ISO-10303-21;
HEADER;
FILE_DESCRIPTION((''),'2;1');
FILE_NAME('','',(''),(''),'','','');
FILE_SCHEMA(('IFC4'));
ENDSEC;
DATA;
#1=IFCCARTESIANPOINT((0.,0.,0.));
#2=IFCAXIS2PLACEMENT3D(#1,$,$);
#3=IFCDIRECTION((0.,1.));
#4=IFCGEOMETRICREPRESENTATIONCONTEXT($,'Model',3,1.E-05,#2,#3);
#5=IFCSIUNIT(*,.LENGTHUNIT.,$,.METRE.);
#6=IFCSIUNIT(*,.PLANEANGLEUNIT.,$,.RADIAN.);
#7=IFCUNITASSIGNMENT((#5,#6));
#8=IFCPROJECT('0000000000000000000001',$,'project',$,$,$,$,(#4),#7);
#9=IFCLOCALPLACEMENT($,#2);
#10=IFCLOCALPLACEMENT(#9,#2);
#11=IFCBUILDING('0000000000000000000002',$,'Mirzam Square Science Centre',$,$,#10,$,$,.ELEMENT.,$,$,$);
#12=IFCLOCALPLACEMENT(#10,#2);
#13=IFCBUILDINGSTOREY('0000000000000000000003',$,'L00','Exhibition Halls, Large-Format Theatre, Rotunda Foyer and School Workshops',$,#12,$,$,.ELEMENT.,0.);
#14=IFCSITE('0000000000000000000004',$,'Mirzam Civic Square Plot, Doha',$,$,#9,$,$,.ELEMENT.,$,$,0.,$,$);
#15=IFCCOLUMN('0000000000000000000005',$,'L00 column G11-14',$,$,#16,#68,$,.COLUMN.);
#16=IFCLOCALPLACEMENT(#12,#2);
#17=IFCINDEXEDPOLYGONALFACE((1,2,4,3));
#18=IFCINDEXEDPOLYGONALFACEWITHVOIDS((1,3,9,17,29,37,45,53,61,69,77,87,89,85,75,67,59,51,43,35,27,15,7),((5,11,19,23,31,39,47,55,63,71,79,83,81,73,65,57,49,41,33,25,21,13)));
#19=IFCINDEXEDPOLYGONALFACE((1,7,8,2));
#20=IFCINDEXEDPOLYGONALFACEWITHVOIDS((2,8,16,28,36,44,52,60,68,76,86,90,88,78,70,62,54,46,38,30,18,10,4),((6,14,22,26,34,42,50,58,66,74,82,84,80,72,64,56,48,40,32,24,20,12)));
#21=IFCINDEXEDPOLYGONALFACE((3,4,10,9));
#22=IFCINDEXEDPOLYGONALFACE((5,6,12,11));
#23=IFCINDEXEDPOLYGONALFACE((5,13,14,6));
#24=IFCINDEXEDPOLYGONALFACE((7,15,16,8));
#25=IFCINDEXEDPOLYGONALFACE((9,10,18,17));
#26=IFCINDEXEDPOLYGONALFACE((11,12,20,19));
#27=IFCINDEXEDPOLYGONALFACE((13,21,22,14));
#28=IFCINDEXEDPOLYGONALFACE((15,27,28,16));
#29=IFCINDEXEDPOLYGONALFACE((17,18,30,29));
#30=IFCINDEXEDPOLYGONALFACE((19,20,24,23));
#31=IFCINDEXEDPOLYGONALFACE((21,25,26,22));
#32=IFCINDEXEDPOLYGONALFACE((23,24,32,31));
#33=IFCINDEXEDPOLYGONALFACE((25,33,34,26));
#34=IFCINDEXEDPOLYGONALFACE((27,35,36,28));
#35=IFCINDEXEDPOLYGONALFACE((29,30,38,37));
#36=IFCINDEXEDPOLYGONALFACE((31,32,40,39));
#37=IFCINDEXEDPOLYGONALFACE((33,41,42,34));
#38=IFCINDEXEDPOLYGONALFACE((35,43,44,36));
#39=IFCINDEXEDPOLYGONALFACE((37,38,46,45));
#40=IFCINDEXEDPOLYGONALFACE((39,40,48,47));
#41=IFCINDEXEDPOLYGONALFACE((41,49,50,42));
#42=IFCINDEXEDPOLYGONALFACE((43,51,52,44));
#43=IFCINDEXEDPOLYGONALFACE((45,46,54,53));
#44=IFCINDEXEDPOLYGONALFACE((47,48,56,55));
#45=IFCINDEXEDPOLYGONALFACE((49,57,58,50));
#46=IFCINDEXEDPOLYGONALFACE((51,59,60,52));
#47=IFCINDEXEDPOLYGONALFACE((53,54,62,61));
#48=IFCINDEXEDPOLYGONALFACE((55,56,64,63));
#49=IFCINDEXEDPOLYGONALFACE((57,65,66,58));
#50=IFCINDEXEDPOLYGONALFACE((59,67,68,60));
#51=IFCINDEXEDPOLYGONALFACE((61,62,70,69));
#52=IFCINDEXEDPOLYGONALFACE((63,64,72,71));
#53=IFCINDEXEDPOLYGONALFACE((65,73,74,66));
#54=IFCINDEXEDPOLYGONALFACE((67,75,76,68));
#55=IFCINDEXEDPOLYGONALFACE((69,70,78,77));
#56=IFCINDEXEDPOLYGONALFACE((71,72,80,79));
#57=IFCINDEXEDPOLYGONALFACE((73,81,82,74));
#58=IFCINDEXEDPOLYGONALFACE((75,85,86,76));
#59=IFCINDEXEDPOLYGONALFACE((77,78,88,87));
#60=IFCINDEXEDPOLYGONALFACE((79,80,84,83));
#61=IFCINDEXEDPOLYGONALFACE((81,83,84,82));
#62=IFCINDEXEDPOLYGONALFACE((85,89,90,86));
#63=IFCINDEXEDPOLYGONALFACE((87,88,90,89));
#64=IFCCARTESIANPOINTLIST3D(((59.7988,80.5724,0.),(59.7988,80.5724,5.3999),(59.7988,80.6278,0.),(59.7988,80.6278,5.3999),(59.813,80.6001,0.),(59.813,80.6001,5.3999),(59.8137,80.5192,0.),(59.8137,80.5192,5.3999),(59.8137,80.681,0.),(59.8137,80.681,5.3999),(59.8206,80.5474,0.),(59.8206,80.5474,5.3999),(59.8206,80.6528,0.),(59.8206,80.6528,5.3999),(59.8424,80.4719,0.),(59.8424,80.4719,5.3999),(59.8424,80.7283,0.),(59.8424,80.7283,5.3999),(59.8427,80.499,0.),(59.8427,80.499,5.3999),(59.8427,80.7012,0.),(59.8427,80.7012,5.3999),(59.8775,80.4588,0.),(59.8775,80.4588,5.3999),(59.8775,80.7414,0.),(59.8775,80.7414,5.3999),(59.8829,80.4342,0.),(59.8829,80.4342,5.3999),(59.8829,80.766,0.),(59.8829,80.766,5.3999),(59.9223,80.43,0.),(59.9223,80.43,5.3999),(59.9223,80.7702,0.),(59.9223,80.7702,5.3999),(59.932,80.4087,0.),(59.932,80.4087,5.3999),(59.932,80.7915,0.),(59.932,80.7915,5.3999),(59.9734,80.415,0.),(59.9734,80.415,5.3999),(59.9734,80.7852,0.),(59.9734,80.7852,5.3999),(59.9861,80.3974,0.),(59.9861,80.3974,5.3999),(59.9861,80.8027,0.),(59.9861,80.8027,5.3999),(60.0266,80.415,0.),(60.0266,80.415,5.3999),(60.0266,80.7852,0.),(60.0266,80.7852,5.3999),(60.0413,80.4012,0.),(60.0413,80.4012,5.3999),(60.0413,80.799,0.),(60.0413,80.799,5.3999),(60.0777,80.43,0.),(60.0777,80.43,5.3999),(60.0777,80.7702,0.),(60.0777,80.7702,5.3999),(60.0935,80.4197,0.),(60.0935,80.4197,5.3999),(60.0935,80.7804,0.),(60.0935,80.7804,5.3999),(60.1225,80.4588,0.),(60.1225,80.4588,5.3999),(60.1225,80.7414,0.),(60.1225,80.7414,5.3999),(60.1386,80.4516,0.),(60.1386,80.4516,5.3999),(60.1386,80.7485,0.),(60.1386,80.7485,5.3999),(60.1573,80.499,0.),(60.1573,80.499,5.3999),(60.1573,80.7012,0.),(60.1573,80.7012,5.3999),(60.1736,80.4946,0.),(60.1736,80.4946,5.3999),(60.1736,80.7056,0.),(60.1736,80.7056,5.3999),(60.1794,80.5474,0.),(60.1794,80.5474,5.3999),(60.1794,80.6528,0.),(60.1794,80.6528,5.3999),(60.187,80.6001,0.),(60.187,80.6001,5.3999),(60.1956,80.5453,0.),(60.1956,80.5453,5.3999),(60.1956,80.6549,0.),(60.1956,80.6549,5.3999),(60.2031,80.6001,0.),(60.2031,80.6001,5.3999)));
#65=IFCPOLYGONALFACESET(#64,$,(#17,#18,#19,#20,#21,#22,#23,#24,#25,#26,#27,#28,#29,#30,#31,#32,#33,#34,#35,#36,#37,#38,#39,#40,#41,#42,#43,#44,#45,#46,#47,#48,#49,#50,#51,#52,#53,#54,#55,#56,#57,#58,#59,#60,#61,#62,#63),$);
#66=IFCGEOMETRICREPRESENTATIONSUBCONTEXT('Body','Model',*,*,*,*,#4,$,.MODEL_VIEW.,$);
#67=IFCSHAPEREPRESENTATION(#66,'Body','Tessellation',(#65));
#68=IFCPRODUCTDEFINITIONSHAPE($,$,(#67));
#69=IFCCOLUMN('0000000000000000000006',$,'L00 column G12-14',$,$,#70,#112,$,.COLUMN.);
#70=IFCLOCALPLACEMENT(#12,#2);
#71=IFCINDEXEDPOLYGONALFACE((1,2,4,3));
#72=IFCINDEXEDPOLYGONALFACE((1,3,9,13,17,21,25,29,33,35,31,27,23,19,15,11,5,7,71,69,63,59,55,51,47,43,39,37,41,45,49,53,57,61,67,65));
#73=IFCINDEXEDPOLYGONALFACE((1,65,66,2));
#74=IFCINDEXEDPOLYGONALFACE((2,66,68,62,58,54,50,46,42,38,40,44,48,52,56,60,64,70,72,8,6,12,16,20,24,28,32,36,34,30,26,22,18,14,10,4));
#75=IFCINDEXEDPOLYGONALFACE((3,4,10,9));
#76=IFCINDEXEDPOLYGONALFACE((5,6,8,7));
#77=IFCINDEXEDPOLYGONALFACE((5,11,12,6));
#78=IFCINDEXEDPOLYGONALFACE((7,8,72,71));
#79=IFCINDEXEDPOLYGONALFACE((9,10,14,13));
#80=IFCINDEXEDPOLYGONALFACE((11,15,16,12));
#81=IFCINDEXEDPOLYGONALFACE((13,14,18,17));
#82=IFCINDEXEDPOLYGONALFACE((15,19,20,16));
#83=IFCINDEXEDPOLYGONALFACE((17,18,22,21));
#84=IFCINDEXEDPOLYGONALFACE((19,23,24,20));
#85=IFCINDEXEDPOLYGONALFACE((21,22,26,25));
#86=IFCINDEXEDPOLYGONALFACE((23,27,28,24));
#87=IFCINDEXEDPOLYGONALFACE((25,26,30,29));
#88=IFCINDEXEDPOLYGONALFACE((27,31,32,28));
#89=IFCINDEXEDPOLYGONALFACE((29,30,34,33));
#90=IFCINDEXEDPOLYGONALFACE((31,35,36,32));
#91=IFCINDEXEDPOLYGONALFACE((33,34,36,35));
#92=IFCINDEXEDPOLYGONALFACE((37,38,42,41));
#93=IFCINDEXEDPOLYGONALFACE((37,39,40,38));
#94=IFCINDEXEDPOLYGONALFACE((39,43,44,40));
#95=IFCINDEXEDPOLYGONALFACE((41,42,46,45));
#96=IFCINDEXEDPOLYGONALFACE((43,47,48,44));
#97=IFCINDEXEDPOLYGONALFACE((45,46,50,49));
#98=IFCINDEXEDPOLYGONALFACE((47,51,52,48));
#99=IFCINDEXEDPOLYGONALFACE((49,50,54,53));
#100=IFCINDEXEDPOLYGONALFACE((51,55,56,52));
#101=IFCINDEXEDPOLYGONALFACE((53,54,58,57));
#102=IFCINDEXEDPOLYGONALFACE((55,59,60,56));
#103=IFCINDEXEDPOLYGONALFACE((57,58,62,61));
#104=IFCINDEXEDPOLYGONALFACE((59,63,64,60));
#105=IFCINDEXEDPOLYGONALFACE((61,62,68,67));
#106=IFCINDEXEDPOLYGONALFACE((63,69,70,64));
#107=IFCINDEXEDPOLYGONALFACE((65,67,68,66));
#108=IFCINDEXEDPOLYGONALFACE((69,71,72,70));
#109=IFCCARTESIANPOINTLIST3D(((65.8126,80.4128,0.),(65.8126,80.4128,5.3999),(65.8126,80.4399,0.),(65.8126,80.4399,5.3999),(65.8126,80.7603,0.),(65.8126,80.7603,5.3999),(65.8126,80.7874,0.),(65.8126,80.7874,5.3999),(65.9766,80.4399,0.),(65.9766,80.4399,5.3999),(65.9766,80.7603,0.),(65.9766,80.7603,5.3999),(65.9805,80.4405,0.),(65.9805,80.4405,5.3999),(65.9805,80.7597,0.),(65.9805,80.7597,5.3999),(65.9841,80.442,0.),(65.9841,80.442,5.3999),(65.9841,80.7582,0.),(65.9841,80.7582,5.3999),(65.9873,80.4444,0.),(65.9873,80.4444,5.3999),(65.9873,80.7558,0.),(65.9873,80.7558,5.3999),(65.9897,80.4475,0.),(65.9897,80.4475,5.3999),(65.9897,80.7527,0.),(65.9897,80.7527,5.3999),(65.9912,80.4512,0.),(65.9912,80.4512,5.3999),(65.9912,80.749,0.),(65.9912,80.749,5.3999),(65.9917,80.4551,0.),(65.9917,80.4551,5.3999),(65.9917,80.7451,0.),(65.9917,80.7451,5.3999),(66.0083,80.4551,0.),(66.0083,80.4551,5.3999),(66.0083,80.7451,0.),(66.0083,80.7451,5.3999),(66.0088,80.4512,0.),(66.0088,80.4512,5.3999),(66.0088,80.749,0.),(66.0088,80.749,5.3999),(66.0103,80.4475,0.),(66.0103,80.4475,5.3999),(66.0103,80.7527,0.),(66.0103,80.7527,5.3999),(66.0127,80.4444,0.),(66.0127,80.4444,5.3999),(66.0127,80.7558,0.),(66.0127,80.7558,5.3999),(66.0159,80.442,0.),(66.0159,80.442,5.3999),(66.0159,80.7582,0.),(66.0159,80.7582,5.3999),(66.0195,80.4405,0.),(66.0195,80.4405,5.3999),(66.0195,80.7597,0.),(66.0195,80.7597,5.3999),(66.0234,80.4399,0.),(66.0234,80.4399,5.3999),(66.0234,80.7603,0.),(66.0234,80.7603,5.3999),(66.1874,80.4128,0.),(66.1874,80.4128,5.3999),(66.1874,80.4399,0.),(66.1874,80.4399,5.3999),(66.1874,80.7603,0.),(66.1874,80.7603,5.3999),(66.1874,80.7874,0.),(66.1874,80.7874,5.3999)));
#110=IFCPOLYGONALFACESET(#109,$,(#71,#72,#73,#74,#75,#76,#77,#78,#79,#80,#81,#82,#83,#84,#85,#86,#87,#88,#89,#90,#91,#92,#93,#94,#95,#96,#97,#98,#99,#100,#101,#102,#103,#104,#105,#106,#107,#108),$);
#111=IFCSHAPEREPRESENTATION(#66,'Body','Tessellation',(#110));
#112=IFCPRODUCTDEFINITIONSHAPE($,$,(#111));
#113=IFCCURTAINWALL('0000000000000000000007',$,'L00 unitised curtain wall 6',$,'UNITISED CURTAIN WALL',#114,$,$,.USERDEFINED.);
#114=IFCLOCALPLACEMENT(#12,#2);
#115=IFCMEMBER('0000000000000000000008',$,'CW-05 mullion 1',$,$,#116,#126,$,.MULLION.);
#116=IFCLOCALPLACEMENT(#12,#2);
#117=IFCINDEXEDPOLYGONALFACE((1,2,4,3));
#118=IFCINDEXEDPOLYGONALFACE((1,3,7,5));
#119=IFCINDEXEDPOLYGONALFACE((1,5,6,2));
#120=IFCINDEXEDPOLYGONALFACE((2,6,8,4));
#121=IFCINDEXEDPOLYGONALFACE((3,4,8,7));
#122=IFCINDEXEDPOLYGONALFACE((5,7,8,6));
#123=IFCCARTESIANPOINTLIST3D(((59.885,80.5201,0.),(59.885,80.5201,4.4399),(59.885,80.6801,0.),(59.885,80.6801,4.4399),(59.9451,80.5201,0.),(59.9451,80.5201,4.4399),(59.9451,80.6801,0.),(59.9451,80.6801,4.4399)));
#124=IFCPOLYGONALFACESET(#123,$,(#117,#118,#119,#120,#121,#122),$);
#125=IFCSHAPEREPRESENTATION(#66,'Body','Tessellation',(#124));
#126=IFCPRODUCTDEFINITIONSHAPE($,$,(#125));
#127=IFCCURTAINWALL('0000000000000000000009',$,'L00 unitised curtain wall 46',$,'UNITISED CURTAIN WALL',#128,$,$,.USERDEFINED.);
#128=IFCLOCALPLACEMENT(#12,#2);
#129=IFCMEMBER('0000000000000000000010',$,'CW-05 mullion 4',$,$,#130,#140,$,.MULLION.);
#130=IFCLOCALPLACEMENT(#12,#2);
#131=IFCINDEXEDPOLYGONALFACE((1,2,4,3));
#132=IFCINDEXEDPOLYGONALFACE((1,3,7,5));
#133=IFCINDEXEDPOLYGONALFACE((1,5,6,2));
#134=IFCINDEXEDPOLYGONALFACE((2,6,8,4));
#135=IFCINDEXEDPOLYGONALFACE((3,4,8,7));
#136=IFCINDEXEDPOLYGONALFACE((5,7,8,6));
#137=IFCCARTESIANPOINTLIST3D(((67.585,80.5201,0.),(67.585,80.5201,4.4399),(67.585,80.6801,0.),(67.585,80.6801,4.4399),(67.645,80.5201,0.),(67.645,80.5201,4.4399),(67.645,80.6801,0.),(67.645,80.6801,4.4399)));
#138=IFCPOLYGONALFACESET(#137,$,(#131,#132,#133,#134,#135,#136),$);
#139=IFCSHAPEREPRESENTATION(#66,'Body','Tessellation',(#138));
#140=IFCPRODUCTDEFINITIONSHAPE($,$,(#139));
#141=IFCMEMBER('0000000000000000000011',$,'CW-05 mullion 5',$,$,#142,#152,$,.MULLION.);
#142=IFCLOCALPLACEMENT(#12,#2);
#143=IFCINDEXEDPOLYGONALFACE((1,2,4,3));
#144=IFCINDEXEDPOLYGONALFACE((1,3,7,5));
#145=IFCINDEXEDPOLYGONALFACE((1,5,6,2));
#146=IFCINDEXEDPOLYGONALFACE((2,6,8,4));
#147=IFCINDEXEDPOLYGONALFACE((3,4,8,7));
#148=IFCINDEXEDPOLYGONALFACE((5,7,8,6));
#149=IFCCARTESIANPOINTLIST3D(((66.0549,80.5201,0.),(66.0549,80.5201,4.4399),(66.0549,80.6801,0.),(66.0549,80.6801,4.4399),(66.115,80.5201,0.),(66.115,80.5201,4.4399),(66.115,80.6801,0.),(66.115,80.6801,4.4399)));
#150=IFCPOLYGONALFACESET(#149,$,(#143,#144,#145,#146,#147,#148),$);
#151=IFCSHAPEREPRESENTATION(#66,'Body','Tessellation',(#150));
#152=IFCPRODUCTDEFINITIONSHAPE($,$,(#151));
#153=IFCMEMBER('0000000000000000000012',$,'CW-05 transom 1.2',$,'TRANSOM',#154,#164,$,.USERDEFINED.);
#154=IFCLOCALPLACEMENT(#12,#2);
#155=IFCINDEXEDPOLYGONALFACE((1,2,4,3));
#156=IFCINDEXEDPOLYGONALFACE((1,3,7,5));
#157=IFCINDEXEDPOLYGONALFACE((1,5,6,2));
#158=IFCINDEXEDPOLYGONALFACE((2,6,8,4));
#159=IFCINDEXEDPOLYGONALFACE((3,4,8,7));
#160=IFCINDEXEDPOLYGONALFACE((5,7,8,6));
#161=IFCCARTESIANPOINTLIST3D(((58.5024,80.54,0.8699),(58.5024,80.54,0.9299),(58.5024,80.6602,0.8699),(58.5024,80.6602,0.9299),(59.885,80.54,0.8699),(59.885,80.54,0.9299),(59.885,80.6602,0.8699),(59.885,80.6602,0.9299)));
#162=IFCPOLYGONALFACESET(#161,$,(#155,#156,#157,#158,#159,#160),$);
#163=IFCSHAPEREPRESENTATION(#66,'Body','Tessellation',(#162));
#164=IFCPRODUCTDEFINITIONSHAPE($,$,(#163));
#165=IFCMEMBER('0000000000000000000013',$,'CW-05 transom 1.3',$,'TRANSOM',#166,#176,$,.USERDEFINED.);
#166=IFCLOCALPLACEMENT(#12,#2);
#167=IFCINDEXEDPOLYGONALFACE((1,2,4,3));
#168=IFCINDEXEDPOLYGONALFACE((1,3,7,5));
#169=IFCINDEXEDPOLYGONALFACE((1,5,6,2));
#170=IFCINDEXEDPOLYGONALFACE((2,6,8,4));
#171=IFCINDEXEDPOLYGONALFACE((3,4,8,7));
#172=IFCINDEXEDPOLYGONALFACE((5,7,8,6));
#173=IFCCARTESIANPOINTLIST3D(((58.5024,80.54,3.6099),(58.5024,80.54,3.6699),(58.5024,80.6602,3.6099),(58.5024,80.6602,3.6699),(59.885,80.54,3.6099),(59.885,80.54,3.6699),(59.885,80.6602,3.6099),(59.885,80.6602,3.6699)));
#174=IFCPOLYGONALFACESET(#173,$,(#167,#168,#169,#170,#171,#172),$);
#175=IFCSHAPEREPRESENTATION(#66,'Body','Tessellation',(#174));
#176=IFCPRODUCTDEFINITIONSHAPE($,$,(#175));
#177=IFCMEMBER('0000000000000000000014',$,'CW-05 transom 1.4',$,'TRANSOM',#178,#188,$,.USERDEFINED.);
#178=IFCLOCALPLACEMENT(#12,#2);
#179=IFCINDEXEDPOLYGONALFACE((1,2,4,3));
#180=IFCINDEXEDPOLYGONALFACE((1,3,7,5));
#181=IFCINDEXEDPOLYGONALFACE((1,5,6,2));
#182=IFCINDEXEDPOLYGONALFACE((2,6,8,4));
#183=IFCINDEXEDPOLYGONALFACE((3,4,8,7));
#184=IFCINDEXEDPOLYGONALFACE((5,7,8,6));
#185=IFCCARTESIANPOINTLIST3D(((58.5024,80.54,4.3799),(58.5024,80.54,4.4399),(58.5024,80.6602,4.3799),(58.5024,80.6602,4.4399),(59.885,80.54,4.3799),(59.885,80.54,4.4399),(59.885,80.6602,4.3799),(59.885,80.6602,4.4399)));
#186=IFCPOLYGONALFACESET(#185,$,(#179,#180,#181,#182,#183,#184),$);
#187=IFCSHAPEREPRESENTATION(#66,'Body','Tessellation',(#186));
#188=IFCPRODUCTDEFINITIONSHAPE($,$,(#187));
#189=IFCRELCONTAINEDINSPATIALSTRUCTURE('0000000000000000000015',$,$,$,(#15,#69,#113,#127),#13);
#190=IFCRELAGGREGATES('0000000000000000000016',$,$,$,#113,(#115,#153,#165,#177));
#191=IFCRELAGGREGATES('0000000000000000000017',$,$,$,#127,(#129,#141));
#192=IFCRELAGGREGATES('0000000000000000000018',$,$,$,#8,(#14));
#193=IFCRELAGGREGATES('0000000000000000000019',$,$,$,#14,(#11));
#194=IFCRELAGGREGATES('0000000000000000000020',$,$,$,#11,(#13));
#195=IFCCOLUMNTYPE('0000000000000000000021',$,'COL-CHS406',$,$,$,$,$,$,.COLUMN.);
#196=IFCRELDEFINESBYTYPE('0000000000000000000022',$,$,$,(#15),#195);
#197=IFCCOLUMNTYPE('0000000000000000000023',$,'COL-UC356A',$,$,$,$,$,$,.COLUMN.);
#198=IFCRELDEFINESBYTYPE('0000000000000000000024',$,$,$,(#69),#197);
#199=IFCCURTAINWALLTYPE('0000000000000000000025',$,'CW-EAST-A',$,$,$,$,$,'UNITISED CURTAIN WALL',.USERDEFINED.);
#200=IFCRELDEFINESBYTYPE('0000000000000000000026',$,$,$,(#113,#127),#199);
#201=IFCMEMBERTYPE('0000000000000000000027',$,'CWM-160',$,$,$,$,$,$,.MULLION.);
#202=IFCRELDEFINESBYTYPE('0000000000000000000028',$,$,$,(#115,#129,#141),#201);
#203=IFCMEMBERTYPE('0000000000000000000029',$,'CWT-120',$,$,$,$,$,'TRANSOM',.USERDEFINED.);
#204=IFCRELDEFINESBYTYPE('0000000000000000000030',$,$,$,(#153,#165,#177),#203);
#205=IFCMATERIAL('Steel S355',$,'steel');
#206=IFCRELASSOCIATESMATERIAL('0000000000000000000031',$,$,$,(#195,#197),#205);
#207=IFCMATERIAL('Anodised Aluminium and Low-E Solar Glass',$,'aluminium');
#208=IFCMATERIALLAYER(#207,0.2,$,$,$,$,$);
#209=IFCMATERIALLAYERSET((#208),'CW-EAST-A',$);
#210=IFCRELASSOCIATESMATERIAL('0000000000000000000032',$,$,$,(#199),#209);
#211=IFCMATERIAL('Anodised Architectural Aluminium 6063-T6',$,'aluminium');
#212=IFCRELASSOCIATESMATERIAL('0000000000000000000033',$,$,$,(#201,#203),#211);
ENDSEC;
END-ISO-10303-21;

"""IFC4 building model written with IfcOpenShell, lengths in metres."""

from ifc_helpers import new_model, si_unit, direction, frame, origin, origin_2d, place, context, subcontext, project, spatial, rectangle, hollow_circle, i_section, extrude, material, layer, layer_set, material_profile, profile_set, type_object, element, aggregate, save


model = new_model("IFC4")

# Units and contexts
model_context = context("Model", 3, precision=1e-05, world=origin(), true_north=direction((0.0, 1.0)))
body_context = subcontext(model_context, "Body", "Model", "MODEL_VIEW")
ifc_project = project(units=[si_unit("LENGTHUNIT", "METRE"), si_unit("PLANEANGLEUNIT", "RADIAN")], contexts=[model_context])

# Site, building, storey
site_placement = place(None, origin())
site = spatial("IfcSite", under=ifc_project, at=site_placement, Name="Mirzam Civic Square Plot, Doha", CompositionType="ELEMENT", RefElevation=0.0)
building_placement = place(site_placement, origin())
building = spatial("IfcBuilding", under=site, at=building_placement, Name="Mirzam Square Science Centre", CompositionType="ELEMENT")
storey_placement = place(building_placement, origin())
storey = spatial("IfcBuildingStorey", under=building, at=storey_placement, Name="L00", Description="Exhibition Halls, Large-Format Theatre, Rotunda Foyer and School Workshops", CompositionType="ELEMENT", Elevation=0.0)

# Columns
ifc_material_1 = material(Name="Steel S355", Category="steel")
ifc_material_profile_1 = material_profile(ifc_material_1, hollow_circle(Radius=0.2031, WallThickness=0.0161, at=origin_2d()), Name="406.4x16.0CHS")
ifc_profile_set_1 = profile_set([ifc_material_profile_1], Name="Steel S355")
column_type_1 = type_object("IfcColumnType", Name="COL-CHS406", PredefinedType="COLUMN", material=ifc_profile_set_1)
column_1_placement = place(storey_placement, frame((60.0, 80.6001, 0.0), z_axis=(0.0, 0.0, 1.0), x_axis=(1.0, 0.0, 0.0)))
element("IfcColumn", 1, at=column_1_placement, inside=storey, type_object=column_type_1, Name="L00 column G11-14", PredefinedType="COLUMN", context=body_context, shape_type="SweptSolid", body=[
    extrude(hollow_circle(Radius=0.2031, WallThickness=0.0161, at=origin_2d()), origin(), (0.0, 0.0, 1.0), 5.3999),
])
ifc_material_profile_2 = material_profile(ifc_material_1, i_section(OverallWidth=0.3748, OverallDepth=0.3745, WebThickness=0.0166, FlangeThickness=0.0271, FilletRadius=0.0151, at=origin_2d()), Name="356x368x202UC")
ifc_profile_set_2 = profile_set([ifc_material_profile_2], Name="Steel S355")
column_type_2 = type_object("IfcColumnType", Name="COL-UC356A", PredefinedType="COLUMN", material=ifc_profile_set_2)
column_2_placement = place(storey_placement, frame((66.0, 80.6001, 0.0), z_axis=(0.0, 0.0, 1.0), x_axis=(1.0, 0.0, 0.0)))
element("IfcColumn", 2, at=column_2_placement, inside=storey, type_object=column_type_2, Name="L00 column G12-14", PredefinedType="COLUMN", context=body_context, shape_type="SweptSolid", body=[
    extrude(i_section(OverallWidth=0.3748, OverallDepth=0.3745, WebThickness=0.0166, FlangeThickness=0.0271, FilletRadius=0.0151, at=origin_2d()), origin(), (0.0, 0.0, 1.0), 5.3999),
])

# Curtain wall, member
ifc_material_2 = material(Name="Anodised Aluminium and Low-E Solar Glass", Category="aluminium")
ifc_layer_1 = layer(ifc_material_2, 0.2)
ifc_layer_set_1 = layer_set([ifc_layer_1], Name="CW-EAST-A")
curtain_wall_type = type_object("IfcCurtainWallType", Name="CW-EAST-A", ElementType="UNITISED CURTAIN WALL", PredefinedType="USERDEFINED", material=ifc_layer_set_1)
curtain_wall_1_placement = place(storey_placement, origin())
curtain_wall_1 = element("IfcCurtainWall", 3, at=curtain_wall_1_placement, inside=storey, type_object=curtain_wall_type, Name="L00 unitised curtain wall 6", ObjectType="UNITISED CURTAIN WALL", PredefinedType="USERDEFINED")
ifc_material_3 = material(Name="Anodised Architectural Aluminium 6063-T6", Category="aluminium")
ifc_material_profile_3 = material_profile(ifc_material_3, rectangle(XDim=0.0601, YDim=0.1599, at=origin_2d()), Name="ALU-MULL-160x60x4")
ifc_profile_set_3 = profile_set([ifc_material_profile_3], Name="Anodised Architectural Aluminium 6063-T6")
member_type_1 = type_object("IfcMemberType", Name="CWM-160", PredefinedType="MULLION", material=ifc_profile_set_3)
member_1_placement = place(storey_placement, frame((59.915, 80.6001, 0.0), z_axis=(0.0, 0.0, 1.0), x_axis=(-1.0, 0.0, 0.0)))
member_1 = element("IfcMember", 4, at=member_1_placement, type_object=member_type_1, Name="CW-05 mullion 1", PredefinedType="MULLION", context=body_context, shape_type="SweptSolid", body=[
    extrude(rectangle(XDim=0.0601, YDim=0.1599, at=origin_2d()), origin(), (0.0, 0.0, 1.0), 4.4399),
])

# Curtain wall, members
curtain_wall_2_placement = place(storey_placement, origin())
curtain_wall_2 = element("IfcCurtainWall", 5, at=curtain_wall_2_placement, inside=storey, type_object=curtain_wall_type, Name="L00 unitised curtain wall 46", ObjectType="UNITISED CURTAIN WALL", PredefinedType="USERDEFINED")
member_2_placement = place(storey_placement, frame((67.615, 80.6001, 0.0), z_axis=(0.0, 0.0, 1.0), x_axis=(-1.0, 0.0, 0.0)))
member_2 = element("IfcMember", 6, at=member_2_placement, type_object=member_type_1, Name="CW-05 mullion 4", PredefinedType="MULLION", context=body_context, shape_type="SweptSolid", body=[
    extrude(rectangle(XDim=0.0601, YDim=0.1599, at=origin_2d()), origin(), (0.0, 0.0, 1.0), 4.4399),
])
member_3_placement = place(storey_placement, frame((66.085, 80.6001, 0.0), z_axis=(0.0, 0.0, 1.0), x_axis=(-1.0, 0.0, 0.0)))
member_3 = element("IfcMember", 7, at=member_3_placement, type_object=member_type_1, Name="CW-05 mullion 5", PredefinedType="MULLION", context=body_context, shape_type="SweptSolid", body=[
    extrude(rectangle(XDim=0.0601, YDim=0.1599, at=origin_2d()), origin(), (0.0, 0.0, 1.0), 4.4399),
])

# Members
ifc_material_profile_4 = material_profile(ifc_material_3, rectangle(XDim=0.1201, YDim=0.0601, at=origin_2d()), Name="ALU-TRAN-120x60x4")
ifc_profile_set_4 = profile_set([ifc_material_profile_4], Name="Anodised Architectural Aluminium 6063-T6")
member_type_2 = type_object("IfcMemberType", Name="CWT-120", ElementType="TRANSOM", PredefinedType="USERDEFINED", material=ifc_profile_set_4)
member_4_placement = place(storey_placement, frame((59.885, 80.6001, 0.8999), z_axis=(-1.0, 0.0, 0.0), x_axis=(0.0, -1.0, 0.0)))
member_4 = element("IfcMember", 8, at=member_4_placement, type_object=member_type_2, Name="CW-05 transom 1.2", ObjectType="TRANSOM", PredefinedType="USERDEFINED", context=body_context, shape_type="SweptSolid", body=[
    extrude(rectangle(XDim=0.1201, YDim=0.0601, at=origin_2d()), origin(), (0.0, 0.0, 1.0), 1.3826),
])
member_5_placement = place(storey_placement, frame((59.885, 80.6001, 3.6399), z_axis=(-1.0, 0.0, 0.0), x_axis=(0.0, -1.0, 0.0)))
member_5 = element("IfcMember", 9, at=member_5_placement, type_object=member_type_2, Name="CW-05 transom 1.3", ObjectType="TRANSOM", PredefinedType="USERDEFINED", context=body_context, shape_type="SweptSolid", body=[
    extrude(rectangle(XDim=0.1201, YDim=0.0601, at=origin_2d()), origin(), (0.0, 0.0, 1.0), 1.3826),
])
member_6_placement = place(storey_placement, frame((59.885, 80.6001, 4.4099), z_axis=(-1.0, 0.0, 0.0), x_axis=(0.0, -1.0, 0.0)))
member_6 = element("IfcMember", 10, at=member_6_placement, type_object=member_type_2, Name="CW-05 transom 1.4", ObjectType="TRANSOM", PredefinedType="USERDEFINED", context=body_context, shape_type="SweptSolid", body=[
    extrude(rectangle(XDim=0.1201, YDim=0.0601, at=origin_2d()), origin(), (0.0, 0.0, 1.0), 1.3826),
])
aggregate(curtain_wall_1, [member_1, member_4, member_5, member_6])

aggregate(curtain_wall_2, [member_2, member_3])

save(model, "model.ifc")
